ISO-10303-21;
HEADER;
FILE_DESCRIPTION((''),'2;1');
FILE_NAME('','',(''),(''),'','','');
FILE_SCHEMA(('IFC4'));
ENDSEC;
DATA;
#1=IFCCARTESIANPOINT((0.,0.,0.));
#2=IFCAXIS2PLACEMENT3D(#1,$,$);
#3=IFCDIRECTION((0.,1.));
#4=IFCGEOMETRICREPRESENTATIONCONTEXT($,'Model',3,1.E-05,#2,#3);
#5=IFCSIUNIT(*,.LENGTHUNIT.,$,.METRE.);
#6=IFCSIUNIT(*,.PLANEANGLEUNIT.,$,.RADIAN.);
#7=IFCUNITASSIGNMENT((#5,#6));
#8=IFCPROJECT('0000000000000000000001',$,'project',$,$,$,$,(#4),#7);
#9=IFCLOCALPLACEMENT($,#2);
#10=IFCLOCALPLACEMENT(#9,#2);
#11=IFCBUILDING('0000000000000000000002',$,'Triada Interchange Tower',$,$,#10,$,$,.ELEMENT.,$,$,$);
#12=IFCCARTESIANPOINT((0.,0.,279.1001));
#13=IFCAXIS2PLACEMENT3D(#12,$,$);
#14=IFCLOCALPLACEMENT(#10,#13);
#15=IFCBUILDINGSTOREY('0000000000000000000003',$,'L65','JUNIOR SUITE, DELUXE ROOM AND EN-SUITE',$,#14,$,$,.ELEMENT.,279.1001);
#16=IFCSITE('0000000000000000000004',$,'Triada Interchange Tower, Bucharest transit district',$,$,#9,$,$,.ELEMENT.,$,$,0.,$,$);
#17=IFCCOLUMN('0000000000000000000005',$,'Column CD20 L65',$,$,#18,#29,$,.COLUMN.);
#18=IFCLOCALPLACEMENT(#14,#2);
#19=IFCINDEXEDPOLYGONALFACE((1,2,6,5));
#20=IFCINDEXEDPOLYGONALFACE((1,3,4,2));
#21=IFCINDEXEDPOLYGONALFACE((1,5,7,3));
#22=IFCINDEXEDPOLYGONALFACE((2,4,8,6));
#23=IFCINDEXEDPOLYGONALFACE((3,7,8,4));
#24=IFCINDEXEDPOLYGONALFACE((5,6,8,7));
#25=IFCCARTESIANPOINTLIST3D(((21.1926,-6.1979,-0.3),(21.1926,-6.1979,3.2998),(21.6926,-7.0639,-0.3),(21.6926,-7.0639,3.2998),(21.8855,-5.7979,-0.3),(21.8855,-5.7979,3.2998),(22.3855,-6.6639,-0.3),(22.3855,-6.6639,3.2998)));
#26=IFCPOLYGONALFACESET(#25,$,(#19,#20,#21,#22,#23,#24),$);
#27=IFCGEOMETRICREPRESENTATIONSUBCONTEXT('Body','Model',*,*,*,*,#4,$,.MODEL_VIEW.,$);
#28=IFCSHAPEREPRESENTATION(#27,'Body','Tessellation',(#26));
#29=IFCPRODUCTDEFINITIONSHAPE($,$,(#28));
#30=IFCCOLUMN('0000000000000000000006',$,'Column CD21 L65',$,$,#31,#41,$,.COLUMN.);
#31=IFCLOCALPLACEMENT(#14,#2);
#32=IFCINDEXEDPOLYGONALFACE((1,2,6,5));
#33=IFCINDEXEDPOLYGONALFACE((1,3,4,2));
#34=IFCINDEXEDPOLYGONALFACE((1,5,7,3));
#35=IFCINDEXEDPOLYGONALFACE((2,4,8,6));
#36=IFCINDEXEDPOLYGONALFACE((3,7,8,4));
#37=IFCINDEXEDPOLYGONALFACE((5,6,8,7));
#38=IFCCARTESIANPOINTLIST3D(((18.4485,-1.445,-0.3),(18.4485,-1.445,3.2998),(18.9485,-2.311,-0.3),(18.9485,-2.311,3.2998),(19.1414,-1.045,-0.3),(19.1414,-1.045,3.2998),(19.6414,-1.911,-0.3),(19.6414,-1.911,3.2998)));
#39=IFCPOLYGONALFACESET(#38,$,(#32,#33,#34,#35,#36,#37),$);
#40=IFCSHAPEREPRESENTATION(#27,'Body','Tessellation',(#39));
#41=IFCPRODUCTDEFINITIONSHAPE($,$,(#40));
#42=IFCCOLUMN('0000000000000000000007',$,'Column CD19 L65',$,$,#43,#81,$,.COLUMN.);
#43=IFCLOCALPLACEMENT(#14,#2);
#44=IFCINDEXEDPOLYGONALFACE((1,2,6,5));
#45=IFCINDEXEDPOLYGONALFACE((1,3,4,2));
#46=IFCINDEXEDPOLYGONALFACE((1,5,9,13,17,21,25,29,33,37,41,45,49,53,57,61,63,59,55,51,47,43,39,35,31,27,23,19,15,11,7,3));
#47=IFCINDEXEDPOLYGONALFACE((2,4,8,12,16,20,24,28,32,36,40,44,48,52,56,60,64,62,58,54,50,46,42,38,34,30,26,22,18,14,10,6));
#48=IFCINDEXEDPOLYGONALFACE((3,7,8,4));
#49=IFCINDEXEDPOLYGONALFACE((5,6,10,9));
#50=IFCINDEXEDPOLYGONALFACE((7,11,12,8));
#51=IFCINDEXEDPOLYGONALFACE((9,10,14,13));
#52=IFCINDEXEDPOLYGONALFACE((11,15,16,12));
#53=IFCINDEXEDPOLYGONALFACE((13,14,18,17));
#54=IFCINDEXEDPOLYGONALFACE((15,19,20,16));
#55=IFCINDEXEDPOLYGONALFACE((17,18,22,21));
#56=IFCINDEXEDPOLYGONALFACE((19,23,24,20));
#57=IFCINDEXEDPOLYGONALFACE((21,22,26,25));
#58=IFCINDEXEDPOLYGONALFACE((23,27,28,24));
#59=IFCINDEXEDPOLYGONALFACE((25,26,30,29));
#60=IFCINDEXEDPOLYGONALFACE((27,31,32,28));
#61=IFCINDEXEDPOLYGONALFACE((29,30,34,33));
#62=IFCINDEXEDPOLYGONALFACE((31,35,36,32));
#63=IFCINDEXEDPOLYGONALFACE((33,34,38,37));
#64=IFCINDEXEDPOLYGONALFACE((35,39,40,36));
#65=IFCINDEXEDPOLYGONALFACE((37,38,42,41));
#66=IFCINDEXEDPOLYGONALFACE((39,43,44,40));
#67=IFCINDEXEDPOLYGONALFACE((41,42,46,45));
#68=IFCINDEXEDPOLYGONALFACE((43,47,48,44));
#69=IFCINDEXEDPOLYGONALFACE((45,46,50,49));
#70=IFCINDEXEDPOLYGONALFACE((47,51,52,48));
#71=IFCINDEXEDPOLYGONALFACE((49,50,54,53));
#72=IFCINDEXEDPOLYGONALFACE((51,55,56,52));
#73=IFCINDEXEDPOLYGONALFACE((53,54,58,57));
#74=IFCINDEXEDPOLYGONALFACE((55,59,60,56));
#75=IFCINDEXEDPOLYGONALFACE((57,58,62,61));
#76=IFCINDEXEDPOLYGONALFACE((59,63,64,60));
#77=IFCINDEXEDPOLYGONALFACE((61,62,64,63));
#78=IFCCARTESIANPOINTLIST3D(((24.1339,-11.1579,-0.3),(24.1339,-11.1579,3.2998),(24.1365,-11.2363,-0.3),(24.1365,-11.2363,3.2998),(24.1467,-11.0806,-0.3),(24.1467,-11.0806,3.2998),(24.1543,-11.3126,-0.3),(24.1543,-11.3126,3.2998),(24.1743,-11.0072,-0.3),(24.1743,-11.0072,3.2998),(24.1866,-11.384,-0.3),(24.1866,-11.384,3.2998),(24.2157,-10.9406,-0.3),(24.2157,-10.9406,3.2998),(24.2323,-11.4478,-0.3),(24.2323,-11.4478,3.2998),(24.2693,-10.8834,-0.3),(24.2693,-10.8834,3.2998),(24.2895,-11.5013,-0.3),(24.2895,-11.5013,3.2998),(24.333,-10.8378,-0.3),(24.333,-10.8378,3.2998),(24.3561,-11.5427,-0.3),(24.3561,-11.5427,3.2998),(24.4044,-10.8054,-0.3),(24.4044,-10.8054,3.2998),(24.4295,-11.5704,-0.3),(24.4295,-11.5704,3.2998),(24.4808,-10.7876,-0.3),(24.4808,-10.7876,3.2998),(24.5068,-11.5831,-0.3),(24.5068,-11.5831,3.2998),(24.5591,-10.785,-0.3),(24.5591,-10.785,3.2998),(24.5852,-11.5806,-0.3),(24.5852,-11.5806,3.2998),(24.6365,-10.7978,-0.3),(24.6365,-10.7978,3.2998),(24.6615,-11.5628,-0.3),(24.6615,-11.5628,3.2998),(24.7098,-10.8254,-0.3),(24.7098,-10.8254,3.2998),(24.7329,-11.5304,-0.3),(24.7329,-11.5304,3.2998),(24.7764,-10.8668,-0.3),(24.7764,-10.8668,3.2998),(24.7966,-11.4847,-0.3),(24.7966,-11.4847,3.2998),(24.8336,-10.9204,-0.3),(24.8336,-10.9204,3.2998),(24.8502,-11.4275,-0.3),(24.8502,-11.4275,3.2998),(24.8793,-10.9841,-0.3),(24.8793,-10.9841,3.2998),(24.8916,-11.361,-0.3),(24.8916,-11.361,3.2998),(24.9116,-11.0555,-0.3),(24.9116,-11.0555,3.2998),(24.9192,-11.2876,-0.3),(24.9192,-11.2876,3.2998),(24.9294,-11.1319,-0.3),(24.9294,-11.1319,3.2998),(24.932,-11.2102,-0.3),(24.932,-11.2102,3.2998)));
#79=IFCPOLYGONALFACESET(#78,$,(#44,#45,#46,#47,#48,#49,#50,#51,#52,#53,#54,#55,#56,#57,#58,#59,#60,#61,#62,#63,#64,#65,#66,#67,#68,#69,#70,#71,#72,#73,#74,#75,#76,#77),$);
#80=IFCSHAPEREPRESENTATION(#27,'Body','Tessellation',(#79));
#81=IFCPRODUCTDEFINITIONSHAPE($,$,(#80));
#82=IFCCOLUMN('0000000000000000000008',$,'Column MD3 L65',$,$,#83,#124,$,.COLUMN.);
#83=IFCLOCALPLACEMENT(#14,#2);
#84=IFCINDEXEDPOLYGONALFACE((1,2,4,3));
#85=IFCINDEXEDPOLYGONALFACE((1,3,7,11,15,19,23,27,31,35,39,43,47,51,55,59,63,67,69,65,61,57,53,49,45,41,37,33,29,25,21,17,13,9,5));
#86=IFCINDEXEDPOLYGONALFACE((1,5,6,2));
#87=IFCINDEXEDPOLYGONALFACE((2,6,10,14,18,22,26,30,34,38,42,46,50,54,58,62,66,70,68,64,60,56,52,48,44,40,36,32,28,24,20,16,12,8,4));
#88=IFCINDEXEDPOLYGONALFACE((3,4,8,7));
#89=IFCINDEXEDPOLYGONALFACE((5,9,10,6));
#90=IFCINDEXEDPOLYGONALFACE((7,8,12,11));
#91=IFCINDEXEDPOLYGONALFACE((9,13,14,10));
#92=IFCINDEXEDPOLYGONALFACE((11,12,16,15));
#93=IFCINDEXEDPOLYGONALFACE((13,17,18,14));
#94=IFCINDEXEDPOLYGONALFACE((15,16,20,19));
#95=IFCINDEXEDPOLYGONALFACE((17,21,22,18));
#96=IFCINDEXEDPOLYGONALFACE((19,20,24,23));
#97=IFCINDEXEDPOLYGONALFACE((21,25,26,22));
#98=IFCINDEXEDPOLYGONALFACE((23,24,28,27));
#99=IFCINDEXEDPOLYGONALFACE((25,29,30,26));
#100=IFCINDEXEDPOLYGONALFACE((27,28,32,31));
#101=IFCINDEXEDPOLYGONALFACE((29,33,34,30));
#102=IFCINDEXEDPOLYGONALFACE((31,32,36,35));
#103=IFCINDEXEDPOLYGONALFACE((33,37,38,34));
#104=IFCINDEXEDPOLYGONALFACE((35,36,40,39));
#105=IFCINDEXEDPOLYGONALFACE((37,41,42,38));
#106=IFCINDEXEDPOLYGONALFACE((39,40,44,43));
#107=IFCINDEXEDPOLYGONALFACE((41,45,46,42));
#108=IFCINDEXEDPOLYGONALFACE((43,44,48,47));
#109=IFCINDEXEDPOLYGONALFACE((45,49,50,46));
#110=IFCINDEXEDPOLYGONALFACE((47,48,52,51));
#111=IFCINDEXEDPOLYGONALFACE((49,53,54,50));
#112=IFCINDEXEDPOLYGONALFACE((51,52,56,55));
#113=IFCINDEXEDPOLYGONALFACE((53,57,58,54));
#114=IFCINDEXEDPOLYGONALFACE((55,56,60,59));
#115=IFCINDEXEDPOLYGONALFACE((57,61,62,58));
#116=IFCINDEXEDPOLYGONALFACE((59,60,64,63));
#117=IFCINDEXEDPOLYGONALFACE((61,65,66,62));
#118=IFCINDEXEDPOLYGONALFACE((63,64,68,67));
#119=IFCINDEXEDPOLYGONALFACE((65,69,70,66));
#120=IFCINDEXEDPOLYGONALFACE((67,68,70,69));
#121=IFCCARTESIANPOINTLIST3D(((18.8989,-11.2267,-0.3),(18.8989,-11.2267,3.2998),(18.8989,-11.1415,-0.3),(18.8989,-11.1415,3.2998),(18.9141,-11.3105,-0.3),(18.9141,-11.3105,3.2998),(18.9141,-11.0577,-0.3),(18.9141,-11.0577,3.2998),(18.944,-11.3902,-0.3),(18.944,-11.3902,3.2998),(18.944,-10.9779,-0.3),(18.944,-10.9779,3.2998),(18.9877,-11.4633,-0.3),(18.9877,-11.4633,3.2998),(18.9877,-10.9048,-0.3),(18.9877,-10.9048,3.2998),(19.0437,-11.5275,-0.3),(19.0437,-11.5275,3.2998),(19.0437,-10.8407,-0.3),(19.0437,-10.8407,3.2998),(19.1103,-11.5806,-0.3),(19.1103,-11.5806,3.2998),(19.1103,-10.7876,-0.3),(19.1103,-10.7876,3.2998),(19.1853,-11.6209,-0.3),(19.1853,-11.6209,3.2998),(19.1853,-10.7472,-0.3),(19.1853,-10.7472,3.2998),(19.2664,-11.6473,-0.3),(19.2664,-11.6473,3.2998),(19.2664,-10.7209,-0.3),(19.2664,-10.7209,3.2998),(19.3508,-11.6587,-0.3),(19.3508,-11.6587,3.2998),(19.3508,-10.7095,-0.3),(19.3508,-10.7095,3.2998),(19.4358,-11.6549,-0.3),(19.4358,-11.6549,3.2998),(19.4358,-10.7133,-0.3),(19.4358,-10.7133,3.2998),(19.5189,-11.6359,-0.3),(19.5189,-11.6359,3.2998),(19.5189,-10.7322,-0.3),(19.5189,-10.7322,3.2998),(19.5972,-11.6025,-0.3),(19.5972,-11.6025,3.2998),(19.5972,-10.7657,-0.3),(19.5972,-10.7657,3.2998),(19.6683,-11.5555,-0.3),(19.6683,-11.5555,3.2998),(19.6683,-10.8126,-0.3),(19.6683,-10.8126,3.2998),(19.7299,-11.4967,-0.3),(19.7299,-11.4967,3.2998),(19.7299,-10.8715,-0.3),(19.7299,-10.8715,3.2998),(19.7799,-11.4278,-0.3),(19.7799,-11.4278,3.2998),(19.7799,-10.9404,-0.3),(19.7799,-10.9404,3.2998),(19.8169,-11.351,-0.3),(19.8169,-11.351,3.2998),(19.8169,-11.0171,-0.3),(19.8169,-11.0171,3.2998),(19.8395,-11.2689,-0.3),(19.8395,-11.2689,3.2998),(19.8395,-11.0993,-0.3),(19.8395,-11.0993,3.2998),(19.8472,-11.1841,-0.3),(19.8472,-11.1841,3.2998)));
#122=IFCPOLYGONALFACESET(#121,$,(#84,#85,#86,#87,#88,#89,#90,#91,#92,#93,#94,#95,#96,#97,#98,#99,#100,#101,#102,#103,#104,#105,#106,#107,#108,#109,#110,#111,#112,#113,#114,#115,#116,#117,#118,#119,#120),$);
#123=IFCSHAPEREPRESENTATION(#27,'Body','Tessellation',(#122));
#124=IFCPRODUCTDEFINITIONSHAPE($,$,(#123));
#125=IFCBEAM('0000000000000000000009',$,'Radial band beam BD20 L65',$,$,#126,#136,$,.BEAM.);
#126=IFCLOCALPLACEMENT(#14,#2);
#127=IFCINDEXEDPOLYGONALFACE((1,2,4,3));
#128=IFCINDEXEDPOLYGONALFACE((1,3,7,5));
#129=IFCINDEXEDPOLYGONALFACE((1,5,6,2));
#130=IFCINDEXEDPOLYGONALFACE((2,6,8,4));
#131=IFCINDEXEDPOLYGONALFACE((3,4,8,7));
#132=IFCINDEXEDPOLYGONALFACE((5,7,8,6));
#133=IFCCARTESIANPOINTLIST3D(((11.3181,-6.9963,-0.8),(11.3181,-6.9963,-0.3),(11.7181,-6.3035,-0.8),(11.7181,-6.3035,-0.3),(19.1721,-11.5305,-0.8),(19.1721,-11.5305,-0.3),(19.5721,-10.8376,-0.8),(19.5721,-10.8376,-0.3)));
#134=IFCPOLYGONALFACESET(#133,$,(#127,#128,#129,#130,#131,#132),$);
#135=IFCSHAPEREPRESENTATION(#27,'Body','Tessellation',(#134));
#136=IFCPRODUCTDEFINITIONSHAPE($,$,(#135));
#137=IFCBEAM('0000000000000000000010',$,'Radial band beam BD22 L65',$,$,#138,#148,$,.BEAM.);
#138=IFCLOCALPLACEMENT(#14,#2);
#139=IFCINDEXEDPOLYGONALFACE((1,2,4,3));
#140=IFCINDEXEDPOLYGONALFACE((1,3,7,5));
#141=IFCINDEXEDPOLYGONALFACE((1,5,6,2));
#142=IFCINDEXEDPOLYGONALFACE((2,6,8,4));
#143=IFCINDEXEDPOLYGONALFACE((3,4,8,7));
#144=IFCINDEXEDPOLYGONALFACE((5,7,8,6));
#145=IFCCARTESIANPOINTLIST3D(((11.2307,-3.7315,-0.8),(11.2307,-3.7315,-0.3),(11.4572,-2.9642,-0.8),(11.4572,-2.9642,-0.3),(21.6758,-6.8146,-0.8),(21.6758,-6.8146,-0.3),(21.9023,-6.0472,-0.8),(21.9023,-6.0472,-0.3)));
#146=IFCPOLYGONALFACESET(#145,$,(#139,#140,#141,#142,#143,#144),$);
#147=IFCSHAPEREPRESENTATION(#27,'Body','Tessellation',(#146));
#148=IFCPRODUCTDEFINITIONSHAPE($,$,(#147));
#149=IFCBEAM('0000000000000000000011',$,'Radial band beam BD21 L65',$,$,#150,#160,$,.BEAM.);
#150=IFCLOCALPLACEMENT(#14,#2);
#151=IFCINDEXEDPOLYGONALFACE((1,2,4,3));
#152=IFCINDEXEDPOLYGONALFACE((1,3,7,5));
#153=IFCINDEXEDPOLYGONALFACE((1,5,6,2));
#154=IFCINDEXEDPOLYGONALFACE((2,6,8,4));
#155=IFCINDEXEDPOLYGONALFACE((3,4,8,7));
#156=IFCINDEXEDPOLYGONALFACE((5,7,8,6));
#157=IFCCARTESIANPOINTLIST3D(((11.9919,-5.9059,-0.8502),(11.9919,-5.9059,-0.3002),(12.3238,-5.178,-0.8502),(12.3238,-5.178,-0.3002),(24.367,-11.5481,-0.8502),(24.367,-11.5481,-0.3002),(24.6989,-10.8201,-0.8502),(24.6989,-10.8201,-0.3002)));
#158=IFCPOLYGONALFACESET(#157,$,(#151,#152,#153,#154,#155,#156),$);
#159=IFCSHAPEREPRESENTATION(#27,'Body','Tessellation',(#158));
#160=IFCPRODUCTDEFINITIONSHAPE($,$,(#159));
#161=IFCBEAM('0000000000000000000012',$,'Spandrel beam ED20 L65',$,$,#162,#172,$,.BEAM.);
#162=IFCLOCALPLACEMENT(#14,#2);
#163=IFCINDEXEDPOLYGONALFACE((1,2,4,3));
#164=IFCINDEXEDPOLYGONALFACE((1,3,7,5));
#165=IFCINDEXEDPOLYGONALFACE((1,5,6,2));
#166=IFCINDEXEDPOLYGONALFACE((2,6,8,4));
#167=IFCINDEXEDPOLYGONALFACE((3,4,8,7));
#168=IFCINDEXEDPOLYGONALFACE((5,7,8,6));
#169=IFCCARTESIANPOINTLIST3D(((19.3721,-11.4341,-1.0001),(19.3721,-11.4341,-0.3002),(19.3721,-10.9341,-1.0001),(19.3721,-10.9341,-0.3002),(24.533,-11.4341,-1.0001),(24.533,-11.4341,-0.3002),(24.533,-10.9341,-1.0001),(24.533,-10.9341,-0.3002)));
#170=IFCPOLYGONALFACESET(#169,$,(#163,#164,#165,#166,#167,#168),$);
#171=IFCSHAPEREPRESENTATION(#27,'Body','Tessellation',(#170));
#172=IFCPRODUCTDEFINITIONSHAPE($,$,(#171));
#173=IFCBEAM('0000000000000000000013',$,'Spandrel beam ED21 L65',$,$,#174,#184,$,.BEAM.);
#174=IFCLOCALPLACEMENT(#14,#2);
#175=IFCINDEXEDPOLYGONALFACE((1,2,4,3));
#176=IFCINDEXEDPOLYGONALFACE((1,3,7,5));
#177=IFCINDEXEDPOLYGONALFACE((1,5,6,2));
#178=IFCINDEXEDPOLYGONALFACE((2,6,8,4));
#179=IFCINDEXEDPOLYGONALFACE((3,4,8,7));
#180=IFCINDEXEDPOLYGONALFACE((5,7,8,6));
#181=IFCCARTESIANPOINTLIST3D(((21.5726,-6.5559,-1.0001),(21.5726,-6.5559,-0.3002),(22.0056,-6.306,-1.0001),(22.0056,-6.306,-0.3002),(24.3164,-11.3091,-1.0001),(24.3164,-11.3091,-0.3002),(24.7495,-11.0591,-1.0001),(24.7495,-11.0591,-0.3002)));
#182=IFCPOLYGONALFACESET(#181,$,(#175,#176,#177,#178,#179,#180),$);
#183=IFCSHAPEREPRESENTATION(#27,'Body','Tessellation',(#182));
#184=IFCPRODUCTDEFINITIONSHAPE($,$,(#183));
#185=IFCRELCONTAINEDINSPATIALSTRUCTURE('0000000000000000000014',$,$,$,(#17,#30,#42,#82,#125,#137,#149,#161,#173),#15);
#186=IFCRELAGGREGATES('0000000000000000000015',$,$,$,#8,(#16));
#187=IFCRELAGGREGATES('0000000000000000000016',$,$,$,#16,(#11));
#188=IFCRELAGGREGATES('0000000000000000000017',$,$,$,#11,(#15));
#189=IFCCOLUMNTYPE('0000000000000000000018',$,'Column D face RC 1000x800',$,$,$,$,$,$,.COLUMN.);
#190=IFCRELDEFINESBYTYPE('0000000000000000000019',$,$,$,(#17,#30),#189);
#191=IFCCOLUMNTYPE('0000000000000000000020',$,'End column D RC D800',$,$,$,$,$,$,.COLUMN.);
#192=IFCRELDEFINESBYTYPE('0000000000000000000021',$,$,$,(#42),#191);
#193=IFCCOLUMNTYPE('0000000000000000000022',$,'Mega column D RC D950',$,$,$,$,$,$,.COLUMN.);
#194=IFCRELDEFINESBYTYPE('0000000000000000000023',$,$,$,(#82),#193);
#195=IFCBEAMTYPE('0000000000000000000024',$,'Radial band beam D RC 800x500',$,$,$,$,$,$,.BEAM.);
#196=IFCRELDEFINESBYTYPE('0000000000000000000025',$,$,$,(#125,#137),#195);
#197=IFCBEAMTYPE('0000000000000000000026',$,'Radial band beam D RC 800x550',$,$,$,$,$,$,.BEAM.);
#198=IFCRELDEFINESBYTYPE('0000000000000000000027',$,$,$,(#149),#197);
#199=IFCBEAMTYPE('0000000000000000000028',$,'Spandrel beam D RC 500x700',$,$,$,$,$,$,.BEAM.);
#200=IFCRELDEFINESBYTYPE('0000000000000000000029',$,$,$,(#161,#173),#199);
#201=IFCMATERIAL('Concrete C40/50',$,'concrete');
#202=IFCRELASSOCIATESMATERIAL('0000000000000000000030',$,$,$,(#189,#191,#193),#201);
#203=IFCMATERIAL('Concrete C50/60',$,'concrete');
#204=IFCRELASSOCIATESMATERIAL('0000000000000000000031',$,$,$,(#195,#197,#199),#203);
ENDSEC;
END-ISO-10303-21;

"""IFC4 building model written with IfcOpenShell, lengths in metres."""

from ifc_helpers import new_model, si_unit, direction, frame, origin, origin_2d, place, context, subcontext, project, spatial, rectangle, circle, extrude, material, material_profile, profile_set, type_object, element, save


model = new_model("IFC4")

# Units and contexts
model_context = context("Model", 3, precision=1e-05, world=origin(), true_north=direction((0.0, 1.0)))
body_context = subcontext(model_context, "Body", "Model", "MODEL_VIEW")
ifc_project = project(units=[si_unit("LENGTHUNIT", "METRE"), si_unit("PLANEANGLEUNIT", "RADIAN")], contexts=[model_context])

# Site, building, storey
site_placement = place(None, origin())
site = spatial("IfcSite", under=ifc_project, at=site_placement, Name="Triada Interchange Tower, Bucharest transit district", CompositionType="ELEMENT", RefElevation=0.0)
building_placement = place(site_placement, origin())
building = spatial("IfcBuilding", under=site, at=building_placement, Name="Triada Interchange Tower", CompositionType="ELEMENT")
storey_placement = place(building_placement, frame((0.0, 0.0, 279.1001)))
storey = spatial("IfcBuildingStorey", under=building, at=storey_placement, Name="L65", Description="JUNIOR SUITE, DELUXE ROOM AND EN-SUITE", CompositionType="ELEMENT", Elevation=279.1001)

# Columns
ifc_material_1 = material(Name="Concrete C40/50", Category="concrete")
ifc_material_profile_1 = material_profile(ifc_material_1, rectangle(XDim=1.0, YDim=0.8, at=origin_2d()), Name="RC 1000x800")
ifc_profile_set_1 = profile_set([ifc_material_profile_1], Name="Concrete C40/50")
column_type_1 = type_object("IfcColumnType", Name="Column D face RC 1000x800", PredefinedType="COLUMN", material=ifc_profile_set_1)
for number, where, z_axis, x_axis, name in (
    (1, (21.7891, -6.4309, -0.3), (0.0, 0.0, 1.0), (-0.5, 0.866025, 0.0), "Column CD20 L65"),
    (2, (19.0449, -1.678, -0.3), (0.0, 0.0, 1.0), (-0.5, 0.866025, 0.0), "Column CD21 L65"),
):
    element("IfcColumn", number, at=place(storey_placement, frame(where, z_axis=z_axis, x_axis=x_axis)), inside=storey, type_object=column_type_1, Name=name, PredefinedType="COLUMN", context=body_context, shape_type="SweptSolid", body=[
        extrude(rectangle(XDim=1.0, YDim=0.8, at=origin_2d()), origin(), (0.0, 0.0, 1.0), 3.5999),
    ])
ifc_material_profile_2 = material_profile(ifc_material_1, circle(Radius=0.3999, at=origin_2d()), Name="RC D800")
ifc_profile_set_2 = profile_set([ifc_material_profile_2], Name="Concrete C40/50")
column_type_2 = type_object("IfcColumnType", Name="End column D RC D800", PredefinedType="COLUMN", material=ifc_profile_set_2)
column_1_placement = place(storey_placement, frame((24.533, -11.1841, -0.3), z_axis=(0.0, 0.0, 1.0), x_axis=(-0.5, 0.866025, 0.0)))
element("IfcColumn", 3, at=column_1_placement, inside=storey, type_object=column_type_2, Name="Column CD19 L65", PredefinedType="COLUMN", context=body_context, shape_type="SweptSolid", body=[
    extrude(circle(Radius=0.3999, at=origin_2d()), origin(), (0.0, 0.0, 1.0), 3.5999),
])
ifc_material_profile_3 = material_profile(ifc_material_1, circle(Radius=0.4751, at=origin_2d()), Name="RC D950")
ifc_profile_set_3 = profile_set([ifc_material_profile_3], Name="Concrete C40/50")
column_type_3 = type_object("IfcColumnType", Name="Mega column D RC D950", PredefinedType="COLUMN", material=ifc_profile_set_3)
column_2_placement = place(storey_placement, frame((19.3721, -11.1841, -0.3), z_axis=(0.0, 0.0, 1.0), x_axis=(1.0, 0.0, 0.0)))
element("IfcColumn", 4, at=column_2_placement, inside=storey, type_object=column_type_3, Name="Column MD3 L65", PredefinedType="COLUMN", context=body_context, shape_type="SweptSolid", body=[
    extrude(circle(Radius=0.4751, at=origin_2d()), origin(), (0.0, 0.0, 1.0), 3.5999),
])

# Beams
ifc_material_2 = material(Name="Concrete C50/60", Category="concrete")
ifc_material_profile_4 = material_profile(ifc_material_2, rectangle(XDim=0.8, YDim=0.5, at=origin_2d()), Name="RC 800x500")
ifc_profile_set_4 = profile_set([ifc_material_profile_4], Name="Concrete C50/60")
beam_type_1 = type_object("IfcBeamType", Name="Radial band beam D RC 800x500", PredefinedType="BEAM", material=ifc_profile_set_4)
beam_1_placement = place(storey_placement, frame((19.3721, -11.1841, -0.55), z_axis=(-0.866041, 0.499973, 0.0), x_axis=(-0.499973, -0.866041, 0.0)))
element("IfcBeam", 5, at=beam_1_placement, inside=storey, type_object=beam_type_1, Name="Radial band beam BD20 L65", PredefinedType="BEAM", context=body_context, shape_type="SweptSolid", body=[
    extrude(rectangle(XDim=0.8, YDim=0.5, at=origin_2d()), origin(), (0.0, 0.0, 1.0), 9.0688),
])
beam_2_placement = place(storey_placement, frame((21.7891, -6.4309, -0.55), z_axis=(-0.959093, 0.28309, 0.0), x_axis=(-0.28309, -0.959093, 0.0)))
element("IfcBeam", 6, at=beam_2_placement, inside=storey, type_object=beam_type_1, Name="Radial band beam BD22 L65", PredefinedType="BEAM", context=body_context, shape_type="SweptSolid", body=[
    extrude(rectangle(XDim=0.8, YDim=0.5, at=origin_2d()), origin(), (0.0, 0.0, 1.0), 10.8906),
])
ifc_material_profile_5 = material_profile(ifc_material_2, rectangle(XDim=0.8, YDim=0.55, at=origin_2d()), Name="RC 800x550")
ifc_profile_set_5 = profile_set([ifc_material_profile_5], Name="Concrete C50/60")
beam_type_2 = type_object("IfcBeamType", Name="Radial band beam D RC 800x550", PredefinedType="BEAM", material=ifc_profile_set_5)
beam_3_placement = place(storey_placement, frame((24.533, -11.1841, -0.5752), z_axis=(-0.909893, 0.414844, 0.0), x_axis=(-0.414844, -0.909893, 0.0)))
element("IfcBeam", 7, at=beam_3_placement, inside=storey, type_object=beam_type_2, Name="Radial band beam BD21 L65", PredefinedType="BEAM", context=body_context, shape_type="SweptSolid", body=[
    extrude(rectangle(XDim=0.8, YDim=0.55, at=origin_2d()), origin(), (0.0, 0.0, 1.0), 13.6006),
])
ifc_material_profile_6 = material_profile(ifc_material_2, rectangle(XDim=0.5, YDim=0.7, at=origin_2d()), Name="RC 500x700")
ifc_profile_set_6 = profile_set([ifc_material_profile_6], Name="Concrete C50/60")
beam_type_3 = type_object("IfcBeamType", Name="Spandrel beam D RC 500x700", PredefinedType="BEAM", material=ifc_profile_set_6)
beam_4_placement = place(storey_placement, frame((19.3721, -11.1841, -0.6501), z_axis=(1.0, 0.0, 0.0), x_axis=(0.0, 1.0, 0.0)))
element("IfcBeam", 8, at=beam_4_placement, inside=storey, type_object=beam_type_3, Name="Spandrel beam ED20 L65", PredefinedType="BEAM", context=body_context, shape_type="SweptSolid", body=[
    extrude(rectangle(XDim=0.5, YDim=0.7, at=origin_2d()), origin(), (0.0, 0.0, 1.0), 5.1609),
])
for number, where, z_axis, x_axis, name in (
    (9, (24.533, -11.1841, -0.6501), (-0.499952, 0.866053, 0.0), (-0.866053, -0.499952, 0.0), "Spandrel beam ED21 L65"),
):
    element("IfcBeam", number, at=place(storey_placement, frame(where, z_axis=z_axis, x_axis=x_axis)), inside=storey, type_object=beam_type_3, Name=name, PredefinedType="BEAM", context=body_context, shape_type="SweptSolid", body=[
        extrude(rectangle(XDim=0.5, YDim=0.7, at=origin_2d()), origin(), (0.0, 0.0, 1.0), 5.4883),
    ])

save(model, "model.ifc")
